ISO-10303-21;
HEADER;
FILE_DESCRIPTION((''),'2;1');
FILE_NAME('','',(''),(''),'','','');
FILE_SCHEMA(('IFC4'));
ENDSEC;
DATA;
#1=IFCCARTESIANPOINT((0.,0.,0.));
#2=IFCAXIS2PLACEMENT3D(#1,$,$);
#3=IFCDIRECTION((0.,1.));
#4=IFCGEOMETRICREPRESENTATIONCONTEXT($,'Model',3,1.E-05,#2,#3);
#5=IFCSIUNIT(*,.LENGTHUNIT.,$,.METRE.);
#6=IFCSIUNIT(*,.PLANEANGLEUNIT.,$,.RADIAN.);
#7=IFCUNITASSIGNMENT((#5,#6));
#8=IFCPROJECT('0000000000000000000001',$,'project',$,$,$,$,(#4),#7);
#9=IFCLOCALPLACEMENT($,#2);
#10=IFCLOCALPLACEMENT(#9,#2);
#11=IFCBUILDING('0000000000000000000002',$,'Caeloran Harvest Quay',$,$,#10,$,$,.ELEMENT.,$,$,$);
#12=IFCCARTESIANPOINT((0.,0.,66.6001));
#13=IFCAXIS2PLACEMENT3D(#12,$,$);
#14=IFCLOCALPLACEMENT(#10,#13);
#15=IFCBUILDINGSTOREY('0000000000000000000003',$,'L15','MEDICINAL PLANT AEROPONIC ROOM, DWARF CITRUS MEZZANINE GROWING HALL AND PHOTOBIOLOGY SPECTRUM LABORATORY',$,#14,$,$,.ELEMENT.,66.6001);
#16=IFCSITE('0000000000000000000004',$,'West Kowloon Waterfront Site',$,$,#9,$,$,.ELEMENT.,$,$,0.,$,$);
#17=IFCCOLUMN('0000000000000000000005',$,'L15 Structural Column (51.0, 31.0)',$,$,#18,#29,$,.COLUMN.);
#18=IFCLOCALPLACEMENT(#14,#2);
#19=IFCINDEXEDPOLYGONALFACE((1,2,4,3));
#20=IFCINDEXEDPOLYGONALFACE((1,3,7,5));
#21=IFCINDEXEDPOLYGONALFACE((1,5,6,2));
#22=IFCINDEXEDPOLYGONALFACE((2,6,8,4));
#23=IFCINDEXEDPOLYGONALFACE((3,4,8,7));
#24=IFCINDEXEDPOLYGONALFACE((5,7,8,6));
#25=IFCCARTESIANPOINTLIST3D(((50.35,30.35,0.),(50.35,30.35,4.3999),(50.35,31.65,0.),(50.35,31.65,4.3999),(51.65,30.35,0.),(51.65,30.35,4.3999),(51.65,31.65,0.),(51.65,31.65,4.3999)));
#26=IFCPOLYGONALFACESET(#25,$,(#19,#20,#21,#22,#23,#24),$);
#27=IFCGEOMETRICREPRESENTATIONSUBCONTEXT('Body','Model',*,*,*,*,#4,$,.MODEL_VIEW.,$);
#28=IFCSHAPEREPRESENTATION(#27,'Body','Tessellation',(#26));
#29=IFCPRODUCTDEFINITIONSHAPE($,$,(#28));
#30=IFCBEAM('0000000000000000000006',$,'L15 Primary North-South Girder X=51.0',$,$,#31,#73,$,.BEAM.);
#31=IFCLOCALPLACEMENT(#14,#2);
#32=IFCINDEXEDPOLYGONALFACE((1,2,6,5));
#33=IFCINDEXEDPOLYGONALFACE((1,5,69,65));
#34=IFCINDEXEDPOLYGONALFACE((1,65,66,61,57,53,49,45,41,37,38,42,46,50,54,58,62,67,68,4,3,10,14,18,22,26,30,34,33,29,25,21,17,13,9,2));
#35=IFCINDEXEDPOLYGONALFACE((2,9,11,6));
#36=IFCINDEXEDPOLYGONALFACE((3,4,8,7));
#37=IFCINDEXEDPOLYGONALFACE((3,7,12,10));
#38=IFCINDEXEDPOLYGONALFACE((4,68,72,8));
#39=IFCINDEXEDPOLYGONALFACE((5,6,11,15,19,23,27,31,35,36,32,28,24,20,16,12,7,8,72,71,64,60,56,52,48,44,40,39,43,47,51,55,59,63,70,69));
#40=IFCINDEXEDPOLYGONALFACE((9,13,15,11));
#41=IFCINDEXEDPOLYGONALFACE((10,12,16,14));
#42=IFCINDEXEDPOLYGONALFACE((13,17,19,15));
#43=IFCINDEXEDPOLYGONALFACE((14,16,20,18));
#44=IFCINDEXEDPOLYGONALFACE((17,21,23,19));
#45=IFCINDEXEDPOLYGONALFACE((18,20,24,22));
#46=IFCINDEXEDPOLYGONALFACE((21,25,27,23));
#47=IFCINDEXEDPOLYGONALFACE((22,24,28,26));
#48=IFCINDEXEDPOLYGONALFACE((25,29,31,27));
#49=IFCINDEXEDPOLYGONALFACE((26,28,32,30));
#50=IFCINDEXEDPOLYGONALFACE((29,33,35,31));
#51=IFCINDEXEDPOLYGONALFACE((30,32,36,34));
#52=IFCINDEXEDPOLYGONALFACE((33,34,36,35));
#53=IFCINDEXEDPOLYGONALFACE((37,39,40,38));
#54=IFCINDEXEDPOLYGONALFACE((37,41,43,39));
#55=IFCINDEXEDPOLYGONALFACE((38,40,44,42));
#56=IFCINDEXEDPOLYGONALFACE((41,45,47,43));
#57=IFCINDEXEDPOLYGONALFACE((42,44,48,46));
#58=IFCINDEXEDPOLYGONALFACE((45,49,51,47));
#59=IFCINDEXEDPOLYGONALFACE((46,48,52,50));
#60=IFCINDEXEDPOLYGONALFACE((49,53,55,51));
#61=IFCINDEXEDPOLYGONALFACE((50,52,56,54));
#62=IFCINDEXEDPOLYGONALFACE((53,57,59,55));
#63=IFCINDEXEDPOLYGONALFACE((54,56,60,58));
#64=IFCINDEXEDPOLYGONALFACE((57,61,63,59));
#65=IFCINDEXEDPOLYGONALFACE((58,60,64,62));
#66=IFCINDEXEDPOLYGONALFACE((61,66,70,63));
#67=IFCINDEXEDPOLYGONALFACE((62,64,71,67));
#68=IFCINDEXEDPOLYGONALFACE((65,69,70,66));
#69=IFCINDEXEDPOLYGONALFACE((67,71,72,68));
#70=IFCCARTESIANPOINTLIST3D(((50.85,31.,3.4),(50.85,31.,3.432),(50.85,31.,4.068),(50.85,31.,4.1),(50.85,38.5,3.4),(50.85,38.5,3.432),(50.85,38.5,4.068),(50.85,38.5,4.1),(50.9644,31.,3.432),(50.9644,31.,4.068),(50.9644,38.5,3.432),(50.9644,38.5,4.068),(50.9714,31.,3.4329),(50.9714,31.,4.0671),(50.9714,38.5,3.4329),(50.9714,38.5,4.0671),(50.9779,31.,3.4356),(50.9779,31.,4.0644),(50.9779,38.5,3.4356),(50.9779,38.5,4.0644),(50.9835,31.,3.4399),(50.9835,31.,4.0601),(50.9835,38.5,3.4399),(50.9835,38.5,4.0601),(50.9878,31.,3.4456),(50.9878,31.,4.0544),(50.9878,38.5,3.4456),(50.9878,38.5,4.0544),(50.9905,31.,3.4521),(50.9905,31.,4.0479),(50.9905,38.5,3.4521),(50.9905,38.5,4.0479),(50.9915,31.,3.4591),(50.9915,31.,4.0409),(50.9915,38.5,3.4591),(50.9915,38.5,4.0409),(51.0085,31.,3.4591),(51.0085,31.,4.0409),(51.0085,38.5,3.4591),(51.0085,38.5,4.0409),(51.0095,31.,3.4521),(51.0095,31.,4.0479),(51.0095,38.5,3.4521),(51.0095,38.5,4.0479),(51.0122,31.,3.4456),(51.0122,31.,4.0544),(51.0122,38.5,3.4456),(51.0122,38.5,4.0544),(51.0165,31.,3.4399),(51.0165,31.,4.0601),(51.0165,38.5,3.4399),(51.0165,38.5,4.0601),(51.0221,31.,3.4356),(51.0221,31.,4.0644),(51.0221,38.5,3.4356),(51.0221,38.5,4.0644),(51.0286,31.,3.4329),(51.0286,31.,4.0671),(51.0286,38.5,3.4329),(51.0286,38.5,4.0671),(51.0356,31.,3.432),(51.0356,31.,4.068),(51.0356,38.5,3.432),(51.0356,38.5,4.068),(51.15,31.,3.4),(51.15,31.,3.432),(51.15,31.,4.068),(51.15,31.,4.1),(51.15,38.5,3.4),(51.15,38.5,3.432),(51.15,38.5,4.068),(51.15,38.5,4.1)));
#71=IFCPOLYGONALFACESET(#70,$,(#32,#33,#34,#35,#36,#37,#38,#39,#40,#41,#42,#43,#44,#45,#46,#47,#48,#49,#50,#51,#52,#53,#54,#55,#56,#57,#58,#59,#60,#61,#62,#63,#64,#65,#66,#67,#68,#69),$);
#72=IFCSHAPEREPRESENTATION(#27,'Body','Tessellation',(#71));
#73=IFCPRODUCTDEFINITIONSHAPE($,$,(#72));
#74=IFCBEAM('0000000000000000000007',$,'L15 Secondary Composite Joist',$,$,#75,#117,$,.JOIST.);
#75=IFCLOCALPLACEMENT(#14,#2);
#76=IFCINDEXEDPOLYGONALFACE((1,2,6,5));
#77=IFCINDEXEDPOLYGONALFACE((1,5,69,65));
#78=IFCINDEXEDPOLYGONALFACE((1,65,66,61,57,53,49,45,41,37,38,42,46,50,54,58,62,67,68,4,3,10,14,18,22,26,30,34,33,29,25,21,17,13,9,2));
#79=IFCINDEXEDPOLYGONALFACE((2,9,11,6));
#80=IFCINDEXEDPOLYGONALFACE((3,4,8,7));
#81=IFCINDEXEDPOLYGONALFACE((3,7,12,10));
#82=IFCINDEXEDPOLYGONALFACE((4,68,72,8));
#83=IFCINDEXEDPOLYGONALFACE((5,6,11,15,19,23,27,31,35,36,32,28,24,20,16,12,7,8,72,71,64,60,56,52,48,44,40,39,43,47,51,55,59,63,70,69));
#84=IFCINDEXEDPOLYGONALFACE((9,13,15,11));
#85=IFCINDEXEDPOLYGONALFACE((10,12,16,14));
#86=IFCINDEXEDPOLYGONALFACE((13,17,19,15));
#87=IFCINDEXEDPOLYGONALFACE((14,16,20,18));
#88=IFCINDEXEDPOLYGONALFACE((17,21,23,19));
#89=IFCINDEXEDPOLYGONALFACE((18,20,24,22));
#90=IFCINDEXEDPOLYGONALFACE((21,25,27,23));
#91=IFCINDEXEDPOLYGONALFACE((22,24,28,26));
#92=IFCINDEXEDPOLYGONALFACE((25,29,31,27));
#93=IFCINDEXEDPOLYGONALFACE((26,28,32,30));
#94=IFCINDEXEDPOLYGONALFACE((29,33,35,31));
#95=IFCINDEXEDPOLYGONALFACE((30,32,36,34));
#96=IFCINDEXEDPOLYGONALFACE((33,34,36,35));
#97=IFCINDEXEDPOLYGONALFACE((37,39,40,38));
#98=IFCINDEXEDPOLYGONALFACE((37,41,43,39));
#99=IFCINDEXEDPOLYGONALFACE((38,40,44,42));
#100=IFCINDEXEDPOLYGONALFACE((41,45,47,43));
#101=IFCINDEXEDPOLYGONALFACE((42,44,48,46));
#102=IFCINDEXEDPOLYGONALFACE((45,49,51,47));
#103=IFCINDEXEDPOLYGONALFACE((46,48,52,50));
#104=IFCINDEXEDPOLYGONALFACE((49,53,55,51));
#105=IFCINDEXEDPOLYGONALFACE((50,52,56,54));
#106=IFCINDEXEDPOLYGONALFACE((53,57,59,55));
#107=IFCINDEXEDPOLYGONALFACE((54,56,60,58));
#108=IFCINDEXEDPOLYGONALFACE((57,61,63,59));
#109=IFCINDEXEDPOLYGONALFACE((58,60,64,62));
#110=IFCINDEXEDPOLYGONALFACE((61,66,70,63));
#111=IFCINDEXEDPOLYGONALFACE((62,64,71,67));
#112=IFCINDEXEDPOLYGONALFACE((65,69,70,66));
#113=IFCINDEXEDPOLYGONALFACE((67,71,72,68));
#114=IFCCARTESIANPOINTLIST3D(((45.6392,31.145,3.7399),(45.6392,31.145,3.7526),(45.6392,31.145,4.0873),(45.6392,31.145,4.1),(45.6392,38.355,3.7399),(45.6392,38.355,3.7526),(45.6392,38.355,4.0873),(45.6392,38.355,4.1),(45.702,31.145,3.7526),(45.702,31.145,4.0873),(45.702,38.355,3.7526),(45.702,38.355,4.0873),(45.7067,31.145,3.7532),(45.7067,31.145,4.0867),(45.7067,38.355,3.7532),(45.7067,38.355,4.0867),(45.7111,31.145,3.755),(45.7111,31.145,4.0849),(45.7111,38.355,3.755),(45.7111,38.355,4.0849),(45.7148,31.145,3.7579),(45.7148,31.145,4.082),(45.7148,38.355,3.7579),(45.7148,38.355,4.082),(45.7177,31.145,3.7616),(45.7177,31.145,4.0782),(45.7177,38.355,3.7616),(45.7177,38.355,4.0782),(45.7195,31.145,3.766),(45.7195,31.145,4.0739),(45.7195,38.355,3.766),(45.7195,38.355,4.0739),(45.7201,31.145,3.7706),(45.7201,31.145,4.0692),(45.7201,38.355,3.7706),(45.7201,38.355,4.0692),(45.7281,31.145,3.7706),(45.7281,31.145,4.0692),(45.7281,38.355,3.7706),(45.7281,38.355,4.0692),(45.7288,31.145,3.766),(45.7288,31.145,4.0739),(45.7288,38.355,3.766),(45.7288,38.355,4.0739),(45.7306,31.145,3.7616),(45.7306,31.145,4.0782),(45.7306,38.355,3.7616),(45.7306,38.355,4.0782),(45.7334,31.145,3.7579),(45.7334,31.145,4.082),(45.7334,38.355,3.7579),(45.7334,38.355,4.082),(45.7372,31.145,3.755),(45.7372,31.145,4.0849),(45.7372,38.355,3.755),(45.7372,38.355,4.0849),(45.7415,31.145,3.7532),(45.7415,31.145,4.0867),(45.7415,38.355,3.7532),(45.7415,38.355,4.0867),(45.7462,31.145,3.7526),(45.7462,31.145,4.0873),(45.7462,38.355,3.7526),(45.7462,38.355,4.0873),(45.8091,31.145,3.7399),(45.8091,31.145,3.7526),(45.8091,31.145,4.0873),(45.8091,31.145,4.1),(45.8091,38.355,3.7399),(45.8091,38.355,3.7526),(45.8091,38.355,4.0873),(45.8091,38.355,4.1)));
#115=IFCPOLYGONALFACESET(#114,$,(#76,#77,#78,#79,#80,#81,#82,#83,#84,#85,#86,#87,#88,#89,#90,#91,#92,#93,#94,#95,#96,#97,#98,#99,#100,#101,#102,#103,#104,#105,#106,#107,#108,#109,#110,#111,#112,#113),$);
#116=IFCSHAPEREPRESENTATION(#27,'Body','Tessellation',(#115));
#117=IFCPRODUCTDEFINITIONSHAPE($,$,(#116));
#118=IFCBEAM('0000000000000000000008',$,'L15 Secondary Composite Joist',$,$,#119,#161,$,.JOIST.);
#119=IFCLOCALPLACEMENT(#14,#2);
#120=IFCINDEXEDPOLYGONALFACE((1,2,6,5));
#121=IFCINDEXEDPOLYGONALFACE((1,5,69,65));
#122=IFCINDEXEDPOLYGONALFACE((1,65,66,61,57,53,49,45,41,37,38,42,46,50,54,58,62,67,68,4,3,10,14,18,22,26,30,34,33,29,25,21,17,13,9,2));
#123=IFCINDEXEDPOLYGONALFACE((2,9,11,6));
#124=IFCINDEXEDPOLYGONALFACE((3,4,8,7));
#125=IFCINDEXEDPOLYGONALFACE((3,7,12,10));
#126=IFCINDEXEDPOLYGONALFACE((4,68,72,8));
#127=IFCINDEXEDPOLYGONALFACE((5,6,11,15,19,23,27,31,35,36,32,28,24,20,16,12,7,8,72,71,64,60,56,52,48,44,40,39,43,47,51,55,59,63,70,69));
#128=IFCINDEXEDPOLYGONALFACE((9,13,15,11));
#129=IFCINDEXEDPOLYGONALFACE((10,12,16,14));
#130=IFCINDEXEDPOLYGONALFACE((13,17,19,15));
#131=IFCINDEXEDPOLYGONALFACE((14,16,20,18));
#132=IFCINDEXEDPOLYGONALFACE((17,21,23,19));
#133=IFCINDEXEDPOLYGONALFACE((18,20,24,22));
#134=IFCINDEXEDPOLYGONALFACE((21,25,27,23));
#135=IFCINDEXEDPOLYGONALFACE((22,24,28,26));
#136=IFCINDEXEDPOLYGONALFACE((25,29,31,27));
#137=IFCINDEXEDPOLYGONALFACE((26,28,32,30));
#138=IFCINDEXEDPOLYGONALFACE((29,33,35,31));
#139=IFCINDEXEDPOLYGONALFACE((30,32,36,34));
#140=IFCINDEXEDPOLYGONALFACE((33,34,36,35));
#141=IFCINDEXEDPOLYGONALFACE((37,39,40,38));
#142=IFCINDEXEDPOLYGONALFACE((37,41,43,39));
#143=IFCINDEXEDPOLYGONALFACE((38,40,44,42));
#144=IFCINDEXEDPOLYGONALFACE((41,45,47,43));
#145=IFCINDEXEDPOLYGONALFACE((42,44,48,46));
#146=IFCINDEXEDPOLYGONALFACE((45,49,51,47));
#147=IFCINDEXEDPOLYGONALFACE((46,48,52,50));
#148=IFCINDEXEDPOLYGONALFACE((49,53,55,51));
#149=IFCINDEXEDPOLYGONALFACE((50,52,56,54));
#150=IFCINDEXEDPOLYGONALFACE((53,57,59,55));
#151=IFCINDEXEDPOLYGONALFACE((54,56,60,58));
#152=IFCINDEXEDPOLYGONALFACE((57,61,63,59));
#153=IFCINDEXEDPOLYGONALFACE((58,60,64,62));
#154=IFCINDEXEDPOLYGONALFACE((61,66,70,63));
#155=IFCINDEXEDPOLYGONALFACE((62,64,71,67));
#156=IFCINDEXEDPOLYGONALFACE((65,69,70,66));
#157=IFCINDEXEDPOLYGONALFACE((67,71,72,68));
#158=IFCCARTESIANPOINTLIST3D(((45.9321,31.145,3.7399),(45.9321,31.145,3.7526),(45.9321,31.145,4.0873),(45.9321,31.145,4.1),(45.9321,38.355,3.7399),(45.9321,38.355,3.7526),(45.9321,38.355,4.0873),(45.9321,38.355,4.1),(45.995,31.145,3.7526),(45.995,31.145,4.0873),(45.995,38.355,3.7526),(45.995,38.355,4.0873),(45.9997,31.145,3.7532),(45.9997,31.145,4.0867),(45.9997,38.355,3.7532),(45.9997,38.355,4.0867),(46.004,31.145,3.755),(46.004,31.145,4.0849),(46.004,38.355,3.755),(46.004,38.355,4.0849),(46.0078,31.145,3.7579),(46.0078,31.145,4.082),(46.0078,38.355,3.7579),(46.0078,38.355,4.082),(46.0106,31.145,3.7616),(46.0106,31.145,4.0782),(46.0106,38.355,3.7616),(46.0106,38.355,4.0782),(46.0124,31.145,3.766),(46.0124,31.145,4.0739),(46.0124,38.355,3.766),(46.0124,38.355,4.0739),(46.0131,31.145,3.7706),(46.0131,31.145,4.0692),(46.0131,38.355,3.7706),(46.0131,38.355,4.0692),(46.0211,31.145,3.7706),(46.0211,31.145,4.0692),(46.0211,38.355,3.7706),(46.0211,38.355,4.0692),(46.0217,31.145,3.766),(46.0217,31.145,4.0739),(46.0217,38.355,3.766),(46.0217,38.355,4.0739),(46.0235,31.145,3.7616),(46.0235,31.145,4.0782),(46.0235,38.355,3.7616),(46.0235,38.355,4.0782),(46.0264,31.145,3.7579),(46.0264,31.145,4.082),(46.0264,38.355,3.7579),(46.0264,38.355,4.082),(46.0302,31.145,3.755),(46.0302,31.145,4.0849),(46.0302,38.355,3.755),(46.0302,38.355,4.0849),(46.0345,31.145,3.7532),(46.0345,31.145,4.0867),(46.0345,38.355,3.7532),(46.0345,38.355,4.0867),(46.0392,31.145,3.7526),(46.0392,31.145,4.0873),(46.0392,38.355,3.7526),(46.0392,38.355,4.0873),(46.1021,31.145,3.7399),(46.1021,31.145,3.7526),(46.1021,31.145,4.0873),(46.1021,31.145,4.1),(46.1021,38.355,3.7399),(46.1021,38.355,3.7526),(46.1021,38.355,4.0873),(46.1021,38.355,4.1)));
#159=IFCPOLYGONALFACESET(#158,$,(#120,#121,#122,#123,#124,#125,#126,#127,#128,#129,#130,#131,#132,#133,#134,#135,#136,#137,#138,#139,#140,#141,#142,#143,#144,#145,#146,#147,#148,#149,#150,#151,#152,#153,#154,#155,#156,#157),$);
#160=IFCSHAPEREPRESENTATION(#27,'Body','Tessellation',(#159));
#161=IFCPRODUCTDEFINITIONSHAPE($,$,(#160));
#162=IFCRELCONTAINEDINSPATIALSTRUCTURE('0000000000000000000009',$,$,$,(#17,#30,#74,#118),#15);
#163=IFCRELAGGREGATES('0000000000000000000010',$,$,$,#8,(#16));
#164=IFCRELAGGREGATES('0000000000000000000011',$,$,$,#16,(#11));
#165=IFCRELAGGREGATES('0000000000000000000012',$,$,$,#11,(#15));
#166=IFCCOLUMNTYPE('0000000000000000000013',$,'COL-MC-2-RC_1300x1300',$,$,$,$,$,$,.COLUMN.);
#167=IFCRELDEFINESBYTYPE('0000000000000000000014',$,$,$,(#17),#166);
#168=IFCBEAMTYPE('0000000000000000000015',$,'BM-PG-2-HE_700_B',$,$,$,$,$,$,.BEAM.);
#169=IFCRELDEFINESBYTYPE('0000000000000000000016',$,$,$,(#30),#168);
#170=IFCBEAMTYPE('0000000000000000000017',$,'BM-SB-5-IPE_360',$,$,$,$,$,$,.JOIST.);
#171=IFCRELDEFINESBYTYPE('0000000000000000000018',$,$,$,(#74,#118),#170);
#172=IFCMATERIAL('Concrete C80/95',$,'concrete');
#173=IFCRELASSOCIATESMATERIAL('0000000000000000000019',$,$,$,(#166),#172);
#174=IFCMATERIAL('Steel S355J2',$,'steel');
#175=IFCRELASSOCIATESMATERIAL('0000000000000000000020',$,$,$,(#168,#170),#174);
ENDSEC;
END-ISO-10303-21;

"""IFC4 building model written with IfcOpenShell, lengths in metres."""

from ifc_helpers import new_model, si_unit, direction, frame, origin, origin_2d, place, context, subcontext, project, spatial, rectangle, i_section, extrude, material, material_profile, profile_set, type_object, element, save


model = new_model("IFC4")

# Units and contexts
model_context = context("Model", 3, precision=1e-05, world=origin(), true_north=direction((0.0, 1.0)))
body_context = subcontext(model_context, "Body", "Model", "MODEL_VIEW")
ifc_project = project(units=[si_unit("LENGTHUNIT", "METRE"), si_unit("PLANEANGLEUNIT", "RADIAN")], contexts=[model_context])

# Site, building, storey
site_placement = place(None, origin())
site = spatial("IfcSite", under=ifc_project, at=site_placement, Name="West Kowloon Waterfront Site", CompositionType="ELEMENT", RefElevation=0.0)
building_placement = place(site_placement, origin())
building = spatial("IfcBuilding", under=site, at=building_placement, Name="Caeloran Harvest Quay", CompositionType="ELEMENT")
storey_placement = place(building_placement, frame((0.0, 0.0, 66.6001)))
storey = spatial("IfcBuildingStorey", under=building, at=storey_placement, Name="L15", Description="MEDICINAL PLANT AEROPONIC ROOM, DWARF CITRUS MEZZANINE GROWING HALL AND PHOTOBIOLOGY SPECTRUM LABORATORY", CompositionType="ELEMENT", Elevation=66.6001)

# Column
ifc_material_1 = material(Name="Concrete C80/95", Category="concrete")
ifc_material_profile_1 = material_profile(ifc_material_1, rectangle(XDim=1.3, YDim=1.3, at=origin_2d()), Name="RC 1300x1300")
ifc_profile_set_1 = profile_set([ifc_material_profile_1], Name="Concrete C80/95")
column_type = type_object("IfcColumnType", Name="COL-MC-2-RC_1300x1300", PredefinedType="COLUMN", material=ifc_profile_set_1)
column_placement = place(storey_placement, frame((51.0, 31.0, 0.0), z_axis=(0.0, 0.0, 1.0), x_axis=(1.0, 0.0, 0.0)))
element("IfcColumn", 1, at=column_placement, inside=storey, type_object=column_type, Name="L15 Structural Column (51.0, 31.0)", PredefinedType="COLUMN", context=body_context, shape_type="SweptSolid", body=[
    extrude(rectangle(XDim=1.3, YDim=1.3, at=origin_2d()), origin(), (0.0, 0.0, 1.0), 4.3999),
])

# Beams
ifc_material_2 = material(Name="Steel S355J2", Category="steel")
ifc_material_profile_2 = material_profile(ifc_material_2, i_section(OverallWidth=0.3, OverallDepth=0.7, WebThickness=0.0171, FlangeThickness=0.032, FilletRadius=0.0271, at=origin_2d()), Name="HE 700 B")
ifc_profile_set_2 = profile_set([ifc_material_profile_2], Name="Steel S355J2")
beam_type_1 = type_object("IfcBeamType", Name="BM-PG-2-HE_700_B", PredefinedType="BEAM", material=ifc_profile_set_2)
beam_placement = place(storey_placement, frame((51.0, 31.0, 3.75), z_axis=(0.0, 1.0, 0.0), x_axis=(-1.0, 0.0, 0.0)))
element("IfcBeam", 2, at=beam_placement, inside=storey, type_object=beam_type_1, Name="L15 Primary North-South Girder X=51.0", PredefinedType="BEAM", context=body_context, shape_type="SweptSolid", body=[
    extrude(i_section(OverallWidth=0.3, OverallDepth=0.7, WebThickness=0.0171, FlangeThickness=0.032, FilletRadius=0.0271, at=origin_2d()), origin(), (0.0, 0.0, 1.0), 7.5),
])
ifc_material_profile_3 = material_profile(ifc_material_2, i_section(OverallWidth=0.1699, OverallDepth=0.3601, WebThickness=0.0081, FlangeThickness=0.0127, FilletRadius=0.0181, at=origin_2d()), Name="IPE 360")
ifc_profile_set_3 = profile_set([ifc_material_profile_3], Name="Steel S355J2")
beam_type_2 = type_object("IfcBeamType", Name="BM-SB-5-IPE_360", PredefinedType="JOIST", material=ifc_profile_set_3)
for number, where, z_axis, x_axis, name in (
    (3, (45.7241, 31.145, 3.9199), (0.0, 1.0, 0.0), (-1.0, 0.0, 0.0), "L15 Secondary Composite Joist"),
    (4, (46.0171, 31.145, 3.9199), (0.0, 1.0, 0.0), (-1.0, 0.0, 0.0), "L15 Secondary Composite Joist"),
):
    element("IfcBeam", number, at=place(storey_placement, frame(where, z_axis=z_axis, x_axis=x_axis)), inside=storey, type_object=beam_type_2, Name=name, PredefinedType="JOIST", context=body_context, shape_type="SweptSolid", body=[
        extrude(i_section(OverallWidth=0.1699, OverallDepth=0.3601, WebThickness=0.0081, FlangeThickness=0.0127, FilletRadius=0.0181, at=origin_2d()), origin(), (0.0, 0.0, 1.0), 7.21),
    ])

save(model, "model.ifc")
